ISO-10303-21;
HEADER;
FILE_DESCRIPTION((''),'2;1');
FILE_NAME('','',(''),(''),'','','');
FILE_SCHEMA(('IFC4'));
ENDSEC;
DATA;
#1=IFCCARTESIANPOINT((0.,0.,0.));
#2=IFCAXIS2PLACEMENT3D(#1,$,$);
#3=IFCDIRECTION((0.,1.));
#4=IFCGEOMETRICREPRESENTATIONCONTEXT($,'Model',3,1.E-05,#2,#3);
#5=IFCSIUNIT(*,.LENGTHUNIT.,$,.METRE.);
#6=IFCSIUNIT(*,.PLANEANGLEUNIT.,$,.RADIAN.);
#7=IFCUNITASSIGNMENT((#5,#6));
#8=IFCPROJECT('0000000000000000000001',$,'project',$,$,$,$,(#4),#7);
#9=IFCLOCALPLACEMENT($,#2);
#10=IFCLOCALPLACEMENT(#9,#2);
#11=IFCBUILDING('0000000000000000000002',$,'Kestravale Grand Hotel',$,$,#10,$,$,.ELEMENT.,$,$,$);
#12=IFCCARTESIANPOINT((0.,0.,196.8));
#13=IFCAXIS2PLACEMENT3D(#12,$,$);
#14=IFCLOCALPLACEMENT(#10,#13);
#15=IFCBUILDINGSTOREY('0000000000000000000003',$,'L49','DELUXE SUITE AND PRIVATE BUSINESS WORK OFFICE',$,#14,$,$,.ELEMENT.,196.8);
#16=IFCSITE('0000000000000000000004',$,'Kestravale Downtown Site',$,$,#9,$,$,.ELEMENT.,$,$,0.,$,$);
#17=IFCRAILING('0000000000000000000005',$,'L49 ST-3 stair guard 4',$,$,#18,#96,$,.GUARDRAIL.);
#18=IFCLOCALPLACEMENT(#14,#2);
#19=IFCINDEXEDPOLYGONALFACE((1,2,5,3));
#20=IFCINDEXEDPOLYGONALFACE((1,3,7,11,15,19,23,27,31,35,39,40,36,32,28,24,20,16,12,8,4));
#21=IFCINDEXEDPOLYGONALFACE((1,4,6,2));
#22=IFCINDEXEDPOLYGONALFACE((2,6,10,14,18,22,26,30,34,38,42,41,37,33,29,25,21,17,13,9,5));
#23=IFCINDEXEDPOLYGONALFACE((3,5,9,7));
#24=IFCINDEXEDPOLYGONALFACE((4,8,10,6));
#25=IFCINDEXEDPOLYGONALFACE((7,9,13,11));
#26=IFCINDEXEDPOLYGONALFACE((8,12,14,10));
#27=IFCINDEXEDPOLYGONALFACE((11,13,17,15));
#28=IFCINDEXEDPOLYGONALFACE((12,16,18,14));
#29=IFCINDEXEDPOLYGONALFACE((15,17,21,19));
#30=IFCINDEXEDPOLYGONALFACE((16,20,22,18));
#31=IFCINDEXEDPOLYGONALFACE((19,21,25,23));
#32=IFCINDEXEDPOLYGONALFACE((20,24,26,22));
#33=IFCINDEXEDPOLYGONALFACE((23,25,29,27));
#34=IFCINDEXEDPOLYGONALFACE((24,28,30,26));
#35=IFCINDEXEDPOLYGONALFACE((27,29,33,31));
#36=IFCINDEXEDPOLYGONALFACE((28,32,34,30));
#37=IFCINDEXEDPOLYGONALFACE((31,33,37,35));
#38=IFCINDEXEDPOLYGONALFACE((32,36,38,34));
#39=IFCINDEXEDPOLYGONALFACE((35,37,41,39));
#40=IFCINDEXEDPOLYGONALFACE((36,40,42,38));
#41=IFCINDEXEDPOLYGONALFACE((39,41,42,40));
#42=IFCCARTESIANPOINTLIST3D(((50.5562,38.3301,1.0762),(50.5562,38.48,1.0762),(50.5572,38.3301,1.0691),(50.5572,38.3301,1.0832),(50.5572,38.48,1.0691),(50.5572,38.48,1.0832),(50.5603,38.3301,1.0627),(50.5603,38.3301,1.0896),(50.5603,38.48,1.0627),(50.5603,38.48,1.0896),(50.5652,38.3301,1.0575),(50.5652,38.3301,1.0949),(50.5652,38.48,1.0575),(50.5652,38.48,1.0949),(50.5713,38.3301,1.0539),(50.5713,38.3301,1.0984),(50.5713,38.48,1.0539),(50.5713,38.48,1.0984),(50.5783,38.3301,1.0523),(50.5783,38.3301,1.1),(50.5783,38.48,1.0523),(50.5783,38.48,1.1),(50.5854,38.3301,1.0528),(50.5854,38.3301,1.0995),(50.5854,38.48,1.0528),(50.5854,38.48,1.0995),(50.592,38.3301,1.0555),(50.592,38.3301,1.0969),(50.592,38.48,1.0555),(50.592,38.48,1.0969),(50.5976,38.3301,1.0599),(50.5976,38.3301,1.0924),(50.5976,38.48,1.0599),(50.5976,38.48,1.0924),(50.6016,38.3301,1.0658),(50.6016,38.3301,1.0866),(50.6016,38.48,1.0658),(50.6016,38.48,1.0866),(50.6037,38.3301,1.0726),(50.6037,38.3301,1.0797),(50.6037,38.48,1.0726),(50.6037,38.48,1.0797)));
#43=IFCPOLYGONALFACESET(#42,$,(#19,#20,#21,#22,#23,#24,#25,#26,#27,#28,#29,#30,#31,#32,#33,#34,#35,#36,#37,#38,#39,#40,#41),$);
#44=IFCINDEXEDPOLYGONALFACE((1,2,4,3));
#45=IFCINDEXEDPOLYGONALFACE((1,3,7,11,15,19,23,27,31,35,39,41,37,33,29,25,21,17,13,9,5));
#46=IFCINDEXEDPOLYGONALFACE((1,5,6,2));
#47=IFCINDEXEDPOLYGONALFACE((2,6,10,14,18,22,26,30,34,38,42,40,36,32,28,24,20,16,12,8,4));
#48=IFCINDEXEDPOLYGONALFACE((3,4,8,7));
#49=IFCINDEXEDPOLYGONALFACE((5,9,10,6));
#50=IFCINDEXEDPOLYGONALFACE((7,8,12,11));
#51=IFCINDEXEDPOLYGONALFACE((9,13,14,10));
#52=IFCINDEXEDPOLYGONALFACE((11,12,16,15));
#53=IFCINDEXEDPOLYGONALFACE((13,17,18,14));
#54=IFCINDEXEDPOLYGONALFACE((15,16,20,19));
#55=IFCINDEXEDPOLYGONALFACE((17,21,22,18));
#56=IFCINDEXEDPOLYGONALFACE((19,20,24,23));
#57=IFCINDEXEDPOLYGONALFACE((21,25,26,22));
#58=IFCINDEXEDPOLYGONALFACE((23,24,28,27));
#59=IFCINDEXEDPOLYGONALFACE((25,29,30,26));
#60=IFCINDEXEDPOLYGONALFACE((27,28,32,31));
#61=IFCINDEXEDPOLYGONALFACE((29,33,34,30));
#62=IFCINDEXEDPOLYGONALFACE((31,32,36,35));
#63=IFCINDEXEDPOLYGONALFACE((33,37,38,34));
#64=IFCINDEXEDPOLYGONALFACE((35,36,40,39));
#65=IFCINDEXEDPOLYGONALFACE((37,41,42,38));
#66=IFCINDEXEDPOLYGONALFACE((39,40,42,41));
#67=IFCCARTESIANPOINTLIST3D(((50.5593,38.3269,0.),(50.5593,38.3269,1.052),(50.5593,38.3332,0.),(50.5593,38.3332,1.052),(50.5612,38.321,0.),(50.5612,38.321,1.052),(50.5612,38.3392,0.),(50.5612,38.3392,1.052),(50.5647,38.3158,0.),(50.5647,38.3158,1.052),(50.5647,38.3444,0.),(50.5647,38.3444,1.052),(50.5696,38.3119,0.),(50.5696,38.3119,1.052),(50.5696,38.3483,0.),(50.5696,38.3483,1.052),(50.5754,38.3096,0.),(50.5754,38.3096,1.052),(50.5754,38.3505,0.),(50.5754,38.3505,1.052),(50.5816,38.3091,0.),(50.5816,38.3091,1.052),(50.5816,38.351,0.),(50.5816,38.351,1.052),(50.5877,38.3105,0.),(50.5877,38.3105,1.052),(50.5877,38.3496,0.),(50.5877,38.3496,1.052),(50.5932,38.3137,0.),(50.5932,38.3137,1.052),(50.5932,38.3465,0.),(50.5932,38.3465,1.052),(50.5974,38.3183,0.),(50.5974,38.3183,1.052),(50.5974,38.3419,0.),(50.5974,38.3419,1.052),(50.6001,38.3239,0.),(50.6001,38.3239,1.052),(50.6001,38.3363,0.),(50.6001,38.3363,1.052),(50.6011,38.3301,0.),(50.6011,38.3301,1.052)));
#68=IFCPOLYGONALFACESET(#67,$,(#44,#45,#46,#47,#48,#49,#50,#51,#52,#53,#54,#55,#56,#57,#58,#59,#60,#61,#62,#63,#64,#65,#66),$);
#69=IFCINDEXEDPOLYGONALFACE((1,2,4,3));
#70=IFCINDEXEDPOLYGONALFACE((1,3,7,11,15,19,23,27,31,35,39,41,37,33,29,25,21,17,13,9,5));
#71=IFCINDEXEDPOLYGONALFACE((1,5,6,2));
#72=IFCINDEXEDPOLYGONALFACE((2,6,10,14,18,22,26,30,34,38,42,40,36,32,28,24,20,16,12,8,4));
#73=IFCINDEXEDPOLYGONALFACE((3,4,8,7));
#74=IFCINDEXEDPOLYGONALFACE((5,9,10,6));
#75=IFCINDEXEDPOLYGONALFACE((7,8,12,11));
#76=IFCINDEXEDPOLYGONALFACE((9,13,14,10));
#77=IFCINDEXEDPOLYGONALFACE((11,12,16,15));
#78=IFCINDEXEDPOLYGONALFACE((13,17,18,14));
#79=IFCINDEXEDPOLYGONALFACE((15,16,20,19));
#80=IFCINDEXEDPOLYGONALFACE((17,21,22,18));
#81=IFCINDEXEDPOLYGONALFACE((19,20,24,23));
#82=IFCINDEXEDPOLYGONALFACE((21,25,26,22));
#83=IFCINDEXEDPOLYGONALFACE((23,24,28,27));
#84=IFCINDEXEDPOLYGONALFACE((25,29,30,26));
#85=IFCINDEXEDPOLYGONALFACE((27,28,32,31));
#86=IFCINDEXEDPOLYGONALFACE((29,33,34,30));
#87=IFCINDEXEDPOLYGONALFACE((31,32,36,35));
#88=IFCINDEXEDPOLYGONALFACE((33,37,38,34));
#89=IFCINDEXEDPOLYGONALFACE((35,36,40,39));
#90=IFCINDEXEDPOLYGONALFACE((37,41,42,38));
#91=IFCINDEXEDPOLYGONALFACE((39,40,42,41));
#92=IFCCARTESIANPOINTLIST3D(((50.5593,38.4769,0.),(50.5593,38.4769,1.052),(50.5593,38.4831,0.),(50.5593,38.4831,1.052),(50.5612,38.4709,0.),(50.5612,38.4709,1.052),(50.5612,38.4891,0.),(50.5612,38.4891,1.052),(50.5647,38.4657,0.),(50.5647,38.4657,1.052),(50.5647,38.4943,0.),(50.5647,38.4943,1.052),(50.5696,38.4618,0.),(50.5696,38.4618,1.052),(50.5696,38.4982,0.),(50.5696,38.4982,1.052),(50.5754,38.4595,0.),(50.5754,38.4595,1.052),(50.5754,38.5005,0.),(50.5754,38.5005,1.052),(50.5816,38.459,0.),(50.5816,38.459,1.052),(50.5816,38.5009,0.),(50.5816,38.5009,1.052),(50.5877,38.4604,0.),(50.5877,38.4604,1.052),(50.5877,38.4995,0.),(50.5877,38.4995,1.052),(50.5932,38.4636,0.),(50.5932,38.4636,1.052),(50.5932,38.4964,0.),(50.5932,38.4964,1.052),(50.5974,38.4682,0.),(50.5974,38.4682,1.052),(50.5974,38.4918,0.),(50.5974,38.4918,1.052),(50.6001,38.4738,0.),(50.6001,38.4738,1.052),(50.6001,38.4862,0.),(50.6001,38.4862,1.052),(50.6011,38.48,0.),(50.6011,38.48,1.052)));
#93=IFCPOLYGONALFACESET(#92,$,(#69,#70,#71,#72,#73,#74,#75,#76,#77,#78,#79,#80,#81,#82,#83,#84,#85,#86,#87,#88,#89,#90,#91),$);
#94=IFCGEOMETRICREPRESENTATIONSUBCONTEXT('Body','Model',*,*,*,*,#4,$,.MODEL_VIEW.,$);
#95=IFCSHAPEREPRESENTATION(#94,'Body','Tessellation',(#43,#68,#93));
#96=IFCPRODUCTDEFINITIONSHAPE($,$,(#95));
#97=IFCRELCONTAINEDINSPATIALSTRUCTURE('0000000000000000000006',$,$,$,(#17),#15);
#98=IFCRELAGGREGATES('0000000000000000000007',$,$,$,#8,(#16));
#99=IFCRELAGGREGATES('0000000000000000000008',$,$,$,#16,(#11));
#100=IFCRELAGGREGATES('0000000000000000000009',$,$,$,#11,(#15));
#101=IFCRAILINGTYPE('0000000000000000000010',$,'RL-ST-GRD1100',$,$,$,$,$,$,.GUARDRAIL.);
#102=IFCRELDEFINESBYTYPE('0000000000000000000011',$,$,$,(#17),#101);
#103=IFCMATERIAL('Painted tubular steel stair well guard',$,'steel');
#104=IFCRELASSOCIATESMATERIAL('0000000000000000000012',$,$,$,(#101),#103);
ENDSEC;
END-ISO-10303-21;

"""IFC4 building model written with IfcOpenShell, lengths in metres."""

from ifc_helpers import new_model, si_unit, direction, frame, origin, origin_2d, place, context, subcontext, project, spatial, circle, extrude, material, type_object, element, save


model = new_model("IFC4")

# Units and contexts
model_context = context("Model", 3, precision=1e-05, world=origin(), true_north=direction((0.0, 1.0)))
body_context = subcontext(model_context, "Body", "Model", "MODEL_VIEW")
ifc_project = project(units=[si_unit("LENGTHUNIT", "METRE"), si_unit("PLANEANGLEUNIT", "RADIAN")], contexts=[model_context])

# Site, building, storey
site_placement = place(None, origin())
site = spatial("IfcSite", under=ifc_project, at=site_placement, Name="Kestravale Downtown Site", CompositionType="ELEMENT", RefElevation=0.0)
building_placement = place(site_placement, origin())
building = spatial("IfcBuilding", under=site, at=building_placement, Name="Kestravale Grand Hotel", CompositionType="ELEMENT")
storey_placement = place(building_placement, frame((0.0, 0.0, 196.8)))
storey = spatial("IfcBuildingStorey", under=building, at=storey_placement, Name="L49", Description="DELUXE SUITE AND PRIVATE BUSINESS WORK OFFICE", CompositionType="ELEMENT", Elevation=196.8)

# Railing
ifc_material_1 = material(Name="Painted tubular steel stair well guard", Category="steel")
railing_type_1 = type_object("IfcRailingType", Name="RL-ST-GRD1100", PredefinedType="GUARDRAIL", material=ifc_material_1)
railing_1_placement = place(storey_placement, frame((50.5801, 38.3301, 0.0)))
element("IfcRailing", 1, at=railing_1_placement, inside=storey, type_object=railing_type_1, Name="L49 ST-3 stair guard 4", PredefinedType="GUARDRAIL", context=body_context, shape_type="SweptSolid", body=[
    extrude(circle(Radius=0.0239, at=origin_2d()), frame((0.0, 0.0, 1.0762), z_axis=(0.0, 1.0, 0.0), x_axis=(-1.0, 0.0, 0.0)), (0.0, 0.0, 1.0), 0.1499),
    extrude(circle(Radius=0.021, at=origin_2d()), origin(), (0.0, 0.0, 1.0), 1.052),
    extrude(circle(Radius=0.021, at=origin_2d()), frame((0.0, 0.1499, 0.0)), (0.0, 0.0, 1.0), 1.052),
])

save(model, "model.ifc")
